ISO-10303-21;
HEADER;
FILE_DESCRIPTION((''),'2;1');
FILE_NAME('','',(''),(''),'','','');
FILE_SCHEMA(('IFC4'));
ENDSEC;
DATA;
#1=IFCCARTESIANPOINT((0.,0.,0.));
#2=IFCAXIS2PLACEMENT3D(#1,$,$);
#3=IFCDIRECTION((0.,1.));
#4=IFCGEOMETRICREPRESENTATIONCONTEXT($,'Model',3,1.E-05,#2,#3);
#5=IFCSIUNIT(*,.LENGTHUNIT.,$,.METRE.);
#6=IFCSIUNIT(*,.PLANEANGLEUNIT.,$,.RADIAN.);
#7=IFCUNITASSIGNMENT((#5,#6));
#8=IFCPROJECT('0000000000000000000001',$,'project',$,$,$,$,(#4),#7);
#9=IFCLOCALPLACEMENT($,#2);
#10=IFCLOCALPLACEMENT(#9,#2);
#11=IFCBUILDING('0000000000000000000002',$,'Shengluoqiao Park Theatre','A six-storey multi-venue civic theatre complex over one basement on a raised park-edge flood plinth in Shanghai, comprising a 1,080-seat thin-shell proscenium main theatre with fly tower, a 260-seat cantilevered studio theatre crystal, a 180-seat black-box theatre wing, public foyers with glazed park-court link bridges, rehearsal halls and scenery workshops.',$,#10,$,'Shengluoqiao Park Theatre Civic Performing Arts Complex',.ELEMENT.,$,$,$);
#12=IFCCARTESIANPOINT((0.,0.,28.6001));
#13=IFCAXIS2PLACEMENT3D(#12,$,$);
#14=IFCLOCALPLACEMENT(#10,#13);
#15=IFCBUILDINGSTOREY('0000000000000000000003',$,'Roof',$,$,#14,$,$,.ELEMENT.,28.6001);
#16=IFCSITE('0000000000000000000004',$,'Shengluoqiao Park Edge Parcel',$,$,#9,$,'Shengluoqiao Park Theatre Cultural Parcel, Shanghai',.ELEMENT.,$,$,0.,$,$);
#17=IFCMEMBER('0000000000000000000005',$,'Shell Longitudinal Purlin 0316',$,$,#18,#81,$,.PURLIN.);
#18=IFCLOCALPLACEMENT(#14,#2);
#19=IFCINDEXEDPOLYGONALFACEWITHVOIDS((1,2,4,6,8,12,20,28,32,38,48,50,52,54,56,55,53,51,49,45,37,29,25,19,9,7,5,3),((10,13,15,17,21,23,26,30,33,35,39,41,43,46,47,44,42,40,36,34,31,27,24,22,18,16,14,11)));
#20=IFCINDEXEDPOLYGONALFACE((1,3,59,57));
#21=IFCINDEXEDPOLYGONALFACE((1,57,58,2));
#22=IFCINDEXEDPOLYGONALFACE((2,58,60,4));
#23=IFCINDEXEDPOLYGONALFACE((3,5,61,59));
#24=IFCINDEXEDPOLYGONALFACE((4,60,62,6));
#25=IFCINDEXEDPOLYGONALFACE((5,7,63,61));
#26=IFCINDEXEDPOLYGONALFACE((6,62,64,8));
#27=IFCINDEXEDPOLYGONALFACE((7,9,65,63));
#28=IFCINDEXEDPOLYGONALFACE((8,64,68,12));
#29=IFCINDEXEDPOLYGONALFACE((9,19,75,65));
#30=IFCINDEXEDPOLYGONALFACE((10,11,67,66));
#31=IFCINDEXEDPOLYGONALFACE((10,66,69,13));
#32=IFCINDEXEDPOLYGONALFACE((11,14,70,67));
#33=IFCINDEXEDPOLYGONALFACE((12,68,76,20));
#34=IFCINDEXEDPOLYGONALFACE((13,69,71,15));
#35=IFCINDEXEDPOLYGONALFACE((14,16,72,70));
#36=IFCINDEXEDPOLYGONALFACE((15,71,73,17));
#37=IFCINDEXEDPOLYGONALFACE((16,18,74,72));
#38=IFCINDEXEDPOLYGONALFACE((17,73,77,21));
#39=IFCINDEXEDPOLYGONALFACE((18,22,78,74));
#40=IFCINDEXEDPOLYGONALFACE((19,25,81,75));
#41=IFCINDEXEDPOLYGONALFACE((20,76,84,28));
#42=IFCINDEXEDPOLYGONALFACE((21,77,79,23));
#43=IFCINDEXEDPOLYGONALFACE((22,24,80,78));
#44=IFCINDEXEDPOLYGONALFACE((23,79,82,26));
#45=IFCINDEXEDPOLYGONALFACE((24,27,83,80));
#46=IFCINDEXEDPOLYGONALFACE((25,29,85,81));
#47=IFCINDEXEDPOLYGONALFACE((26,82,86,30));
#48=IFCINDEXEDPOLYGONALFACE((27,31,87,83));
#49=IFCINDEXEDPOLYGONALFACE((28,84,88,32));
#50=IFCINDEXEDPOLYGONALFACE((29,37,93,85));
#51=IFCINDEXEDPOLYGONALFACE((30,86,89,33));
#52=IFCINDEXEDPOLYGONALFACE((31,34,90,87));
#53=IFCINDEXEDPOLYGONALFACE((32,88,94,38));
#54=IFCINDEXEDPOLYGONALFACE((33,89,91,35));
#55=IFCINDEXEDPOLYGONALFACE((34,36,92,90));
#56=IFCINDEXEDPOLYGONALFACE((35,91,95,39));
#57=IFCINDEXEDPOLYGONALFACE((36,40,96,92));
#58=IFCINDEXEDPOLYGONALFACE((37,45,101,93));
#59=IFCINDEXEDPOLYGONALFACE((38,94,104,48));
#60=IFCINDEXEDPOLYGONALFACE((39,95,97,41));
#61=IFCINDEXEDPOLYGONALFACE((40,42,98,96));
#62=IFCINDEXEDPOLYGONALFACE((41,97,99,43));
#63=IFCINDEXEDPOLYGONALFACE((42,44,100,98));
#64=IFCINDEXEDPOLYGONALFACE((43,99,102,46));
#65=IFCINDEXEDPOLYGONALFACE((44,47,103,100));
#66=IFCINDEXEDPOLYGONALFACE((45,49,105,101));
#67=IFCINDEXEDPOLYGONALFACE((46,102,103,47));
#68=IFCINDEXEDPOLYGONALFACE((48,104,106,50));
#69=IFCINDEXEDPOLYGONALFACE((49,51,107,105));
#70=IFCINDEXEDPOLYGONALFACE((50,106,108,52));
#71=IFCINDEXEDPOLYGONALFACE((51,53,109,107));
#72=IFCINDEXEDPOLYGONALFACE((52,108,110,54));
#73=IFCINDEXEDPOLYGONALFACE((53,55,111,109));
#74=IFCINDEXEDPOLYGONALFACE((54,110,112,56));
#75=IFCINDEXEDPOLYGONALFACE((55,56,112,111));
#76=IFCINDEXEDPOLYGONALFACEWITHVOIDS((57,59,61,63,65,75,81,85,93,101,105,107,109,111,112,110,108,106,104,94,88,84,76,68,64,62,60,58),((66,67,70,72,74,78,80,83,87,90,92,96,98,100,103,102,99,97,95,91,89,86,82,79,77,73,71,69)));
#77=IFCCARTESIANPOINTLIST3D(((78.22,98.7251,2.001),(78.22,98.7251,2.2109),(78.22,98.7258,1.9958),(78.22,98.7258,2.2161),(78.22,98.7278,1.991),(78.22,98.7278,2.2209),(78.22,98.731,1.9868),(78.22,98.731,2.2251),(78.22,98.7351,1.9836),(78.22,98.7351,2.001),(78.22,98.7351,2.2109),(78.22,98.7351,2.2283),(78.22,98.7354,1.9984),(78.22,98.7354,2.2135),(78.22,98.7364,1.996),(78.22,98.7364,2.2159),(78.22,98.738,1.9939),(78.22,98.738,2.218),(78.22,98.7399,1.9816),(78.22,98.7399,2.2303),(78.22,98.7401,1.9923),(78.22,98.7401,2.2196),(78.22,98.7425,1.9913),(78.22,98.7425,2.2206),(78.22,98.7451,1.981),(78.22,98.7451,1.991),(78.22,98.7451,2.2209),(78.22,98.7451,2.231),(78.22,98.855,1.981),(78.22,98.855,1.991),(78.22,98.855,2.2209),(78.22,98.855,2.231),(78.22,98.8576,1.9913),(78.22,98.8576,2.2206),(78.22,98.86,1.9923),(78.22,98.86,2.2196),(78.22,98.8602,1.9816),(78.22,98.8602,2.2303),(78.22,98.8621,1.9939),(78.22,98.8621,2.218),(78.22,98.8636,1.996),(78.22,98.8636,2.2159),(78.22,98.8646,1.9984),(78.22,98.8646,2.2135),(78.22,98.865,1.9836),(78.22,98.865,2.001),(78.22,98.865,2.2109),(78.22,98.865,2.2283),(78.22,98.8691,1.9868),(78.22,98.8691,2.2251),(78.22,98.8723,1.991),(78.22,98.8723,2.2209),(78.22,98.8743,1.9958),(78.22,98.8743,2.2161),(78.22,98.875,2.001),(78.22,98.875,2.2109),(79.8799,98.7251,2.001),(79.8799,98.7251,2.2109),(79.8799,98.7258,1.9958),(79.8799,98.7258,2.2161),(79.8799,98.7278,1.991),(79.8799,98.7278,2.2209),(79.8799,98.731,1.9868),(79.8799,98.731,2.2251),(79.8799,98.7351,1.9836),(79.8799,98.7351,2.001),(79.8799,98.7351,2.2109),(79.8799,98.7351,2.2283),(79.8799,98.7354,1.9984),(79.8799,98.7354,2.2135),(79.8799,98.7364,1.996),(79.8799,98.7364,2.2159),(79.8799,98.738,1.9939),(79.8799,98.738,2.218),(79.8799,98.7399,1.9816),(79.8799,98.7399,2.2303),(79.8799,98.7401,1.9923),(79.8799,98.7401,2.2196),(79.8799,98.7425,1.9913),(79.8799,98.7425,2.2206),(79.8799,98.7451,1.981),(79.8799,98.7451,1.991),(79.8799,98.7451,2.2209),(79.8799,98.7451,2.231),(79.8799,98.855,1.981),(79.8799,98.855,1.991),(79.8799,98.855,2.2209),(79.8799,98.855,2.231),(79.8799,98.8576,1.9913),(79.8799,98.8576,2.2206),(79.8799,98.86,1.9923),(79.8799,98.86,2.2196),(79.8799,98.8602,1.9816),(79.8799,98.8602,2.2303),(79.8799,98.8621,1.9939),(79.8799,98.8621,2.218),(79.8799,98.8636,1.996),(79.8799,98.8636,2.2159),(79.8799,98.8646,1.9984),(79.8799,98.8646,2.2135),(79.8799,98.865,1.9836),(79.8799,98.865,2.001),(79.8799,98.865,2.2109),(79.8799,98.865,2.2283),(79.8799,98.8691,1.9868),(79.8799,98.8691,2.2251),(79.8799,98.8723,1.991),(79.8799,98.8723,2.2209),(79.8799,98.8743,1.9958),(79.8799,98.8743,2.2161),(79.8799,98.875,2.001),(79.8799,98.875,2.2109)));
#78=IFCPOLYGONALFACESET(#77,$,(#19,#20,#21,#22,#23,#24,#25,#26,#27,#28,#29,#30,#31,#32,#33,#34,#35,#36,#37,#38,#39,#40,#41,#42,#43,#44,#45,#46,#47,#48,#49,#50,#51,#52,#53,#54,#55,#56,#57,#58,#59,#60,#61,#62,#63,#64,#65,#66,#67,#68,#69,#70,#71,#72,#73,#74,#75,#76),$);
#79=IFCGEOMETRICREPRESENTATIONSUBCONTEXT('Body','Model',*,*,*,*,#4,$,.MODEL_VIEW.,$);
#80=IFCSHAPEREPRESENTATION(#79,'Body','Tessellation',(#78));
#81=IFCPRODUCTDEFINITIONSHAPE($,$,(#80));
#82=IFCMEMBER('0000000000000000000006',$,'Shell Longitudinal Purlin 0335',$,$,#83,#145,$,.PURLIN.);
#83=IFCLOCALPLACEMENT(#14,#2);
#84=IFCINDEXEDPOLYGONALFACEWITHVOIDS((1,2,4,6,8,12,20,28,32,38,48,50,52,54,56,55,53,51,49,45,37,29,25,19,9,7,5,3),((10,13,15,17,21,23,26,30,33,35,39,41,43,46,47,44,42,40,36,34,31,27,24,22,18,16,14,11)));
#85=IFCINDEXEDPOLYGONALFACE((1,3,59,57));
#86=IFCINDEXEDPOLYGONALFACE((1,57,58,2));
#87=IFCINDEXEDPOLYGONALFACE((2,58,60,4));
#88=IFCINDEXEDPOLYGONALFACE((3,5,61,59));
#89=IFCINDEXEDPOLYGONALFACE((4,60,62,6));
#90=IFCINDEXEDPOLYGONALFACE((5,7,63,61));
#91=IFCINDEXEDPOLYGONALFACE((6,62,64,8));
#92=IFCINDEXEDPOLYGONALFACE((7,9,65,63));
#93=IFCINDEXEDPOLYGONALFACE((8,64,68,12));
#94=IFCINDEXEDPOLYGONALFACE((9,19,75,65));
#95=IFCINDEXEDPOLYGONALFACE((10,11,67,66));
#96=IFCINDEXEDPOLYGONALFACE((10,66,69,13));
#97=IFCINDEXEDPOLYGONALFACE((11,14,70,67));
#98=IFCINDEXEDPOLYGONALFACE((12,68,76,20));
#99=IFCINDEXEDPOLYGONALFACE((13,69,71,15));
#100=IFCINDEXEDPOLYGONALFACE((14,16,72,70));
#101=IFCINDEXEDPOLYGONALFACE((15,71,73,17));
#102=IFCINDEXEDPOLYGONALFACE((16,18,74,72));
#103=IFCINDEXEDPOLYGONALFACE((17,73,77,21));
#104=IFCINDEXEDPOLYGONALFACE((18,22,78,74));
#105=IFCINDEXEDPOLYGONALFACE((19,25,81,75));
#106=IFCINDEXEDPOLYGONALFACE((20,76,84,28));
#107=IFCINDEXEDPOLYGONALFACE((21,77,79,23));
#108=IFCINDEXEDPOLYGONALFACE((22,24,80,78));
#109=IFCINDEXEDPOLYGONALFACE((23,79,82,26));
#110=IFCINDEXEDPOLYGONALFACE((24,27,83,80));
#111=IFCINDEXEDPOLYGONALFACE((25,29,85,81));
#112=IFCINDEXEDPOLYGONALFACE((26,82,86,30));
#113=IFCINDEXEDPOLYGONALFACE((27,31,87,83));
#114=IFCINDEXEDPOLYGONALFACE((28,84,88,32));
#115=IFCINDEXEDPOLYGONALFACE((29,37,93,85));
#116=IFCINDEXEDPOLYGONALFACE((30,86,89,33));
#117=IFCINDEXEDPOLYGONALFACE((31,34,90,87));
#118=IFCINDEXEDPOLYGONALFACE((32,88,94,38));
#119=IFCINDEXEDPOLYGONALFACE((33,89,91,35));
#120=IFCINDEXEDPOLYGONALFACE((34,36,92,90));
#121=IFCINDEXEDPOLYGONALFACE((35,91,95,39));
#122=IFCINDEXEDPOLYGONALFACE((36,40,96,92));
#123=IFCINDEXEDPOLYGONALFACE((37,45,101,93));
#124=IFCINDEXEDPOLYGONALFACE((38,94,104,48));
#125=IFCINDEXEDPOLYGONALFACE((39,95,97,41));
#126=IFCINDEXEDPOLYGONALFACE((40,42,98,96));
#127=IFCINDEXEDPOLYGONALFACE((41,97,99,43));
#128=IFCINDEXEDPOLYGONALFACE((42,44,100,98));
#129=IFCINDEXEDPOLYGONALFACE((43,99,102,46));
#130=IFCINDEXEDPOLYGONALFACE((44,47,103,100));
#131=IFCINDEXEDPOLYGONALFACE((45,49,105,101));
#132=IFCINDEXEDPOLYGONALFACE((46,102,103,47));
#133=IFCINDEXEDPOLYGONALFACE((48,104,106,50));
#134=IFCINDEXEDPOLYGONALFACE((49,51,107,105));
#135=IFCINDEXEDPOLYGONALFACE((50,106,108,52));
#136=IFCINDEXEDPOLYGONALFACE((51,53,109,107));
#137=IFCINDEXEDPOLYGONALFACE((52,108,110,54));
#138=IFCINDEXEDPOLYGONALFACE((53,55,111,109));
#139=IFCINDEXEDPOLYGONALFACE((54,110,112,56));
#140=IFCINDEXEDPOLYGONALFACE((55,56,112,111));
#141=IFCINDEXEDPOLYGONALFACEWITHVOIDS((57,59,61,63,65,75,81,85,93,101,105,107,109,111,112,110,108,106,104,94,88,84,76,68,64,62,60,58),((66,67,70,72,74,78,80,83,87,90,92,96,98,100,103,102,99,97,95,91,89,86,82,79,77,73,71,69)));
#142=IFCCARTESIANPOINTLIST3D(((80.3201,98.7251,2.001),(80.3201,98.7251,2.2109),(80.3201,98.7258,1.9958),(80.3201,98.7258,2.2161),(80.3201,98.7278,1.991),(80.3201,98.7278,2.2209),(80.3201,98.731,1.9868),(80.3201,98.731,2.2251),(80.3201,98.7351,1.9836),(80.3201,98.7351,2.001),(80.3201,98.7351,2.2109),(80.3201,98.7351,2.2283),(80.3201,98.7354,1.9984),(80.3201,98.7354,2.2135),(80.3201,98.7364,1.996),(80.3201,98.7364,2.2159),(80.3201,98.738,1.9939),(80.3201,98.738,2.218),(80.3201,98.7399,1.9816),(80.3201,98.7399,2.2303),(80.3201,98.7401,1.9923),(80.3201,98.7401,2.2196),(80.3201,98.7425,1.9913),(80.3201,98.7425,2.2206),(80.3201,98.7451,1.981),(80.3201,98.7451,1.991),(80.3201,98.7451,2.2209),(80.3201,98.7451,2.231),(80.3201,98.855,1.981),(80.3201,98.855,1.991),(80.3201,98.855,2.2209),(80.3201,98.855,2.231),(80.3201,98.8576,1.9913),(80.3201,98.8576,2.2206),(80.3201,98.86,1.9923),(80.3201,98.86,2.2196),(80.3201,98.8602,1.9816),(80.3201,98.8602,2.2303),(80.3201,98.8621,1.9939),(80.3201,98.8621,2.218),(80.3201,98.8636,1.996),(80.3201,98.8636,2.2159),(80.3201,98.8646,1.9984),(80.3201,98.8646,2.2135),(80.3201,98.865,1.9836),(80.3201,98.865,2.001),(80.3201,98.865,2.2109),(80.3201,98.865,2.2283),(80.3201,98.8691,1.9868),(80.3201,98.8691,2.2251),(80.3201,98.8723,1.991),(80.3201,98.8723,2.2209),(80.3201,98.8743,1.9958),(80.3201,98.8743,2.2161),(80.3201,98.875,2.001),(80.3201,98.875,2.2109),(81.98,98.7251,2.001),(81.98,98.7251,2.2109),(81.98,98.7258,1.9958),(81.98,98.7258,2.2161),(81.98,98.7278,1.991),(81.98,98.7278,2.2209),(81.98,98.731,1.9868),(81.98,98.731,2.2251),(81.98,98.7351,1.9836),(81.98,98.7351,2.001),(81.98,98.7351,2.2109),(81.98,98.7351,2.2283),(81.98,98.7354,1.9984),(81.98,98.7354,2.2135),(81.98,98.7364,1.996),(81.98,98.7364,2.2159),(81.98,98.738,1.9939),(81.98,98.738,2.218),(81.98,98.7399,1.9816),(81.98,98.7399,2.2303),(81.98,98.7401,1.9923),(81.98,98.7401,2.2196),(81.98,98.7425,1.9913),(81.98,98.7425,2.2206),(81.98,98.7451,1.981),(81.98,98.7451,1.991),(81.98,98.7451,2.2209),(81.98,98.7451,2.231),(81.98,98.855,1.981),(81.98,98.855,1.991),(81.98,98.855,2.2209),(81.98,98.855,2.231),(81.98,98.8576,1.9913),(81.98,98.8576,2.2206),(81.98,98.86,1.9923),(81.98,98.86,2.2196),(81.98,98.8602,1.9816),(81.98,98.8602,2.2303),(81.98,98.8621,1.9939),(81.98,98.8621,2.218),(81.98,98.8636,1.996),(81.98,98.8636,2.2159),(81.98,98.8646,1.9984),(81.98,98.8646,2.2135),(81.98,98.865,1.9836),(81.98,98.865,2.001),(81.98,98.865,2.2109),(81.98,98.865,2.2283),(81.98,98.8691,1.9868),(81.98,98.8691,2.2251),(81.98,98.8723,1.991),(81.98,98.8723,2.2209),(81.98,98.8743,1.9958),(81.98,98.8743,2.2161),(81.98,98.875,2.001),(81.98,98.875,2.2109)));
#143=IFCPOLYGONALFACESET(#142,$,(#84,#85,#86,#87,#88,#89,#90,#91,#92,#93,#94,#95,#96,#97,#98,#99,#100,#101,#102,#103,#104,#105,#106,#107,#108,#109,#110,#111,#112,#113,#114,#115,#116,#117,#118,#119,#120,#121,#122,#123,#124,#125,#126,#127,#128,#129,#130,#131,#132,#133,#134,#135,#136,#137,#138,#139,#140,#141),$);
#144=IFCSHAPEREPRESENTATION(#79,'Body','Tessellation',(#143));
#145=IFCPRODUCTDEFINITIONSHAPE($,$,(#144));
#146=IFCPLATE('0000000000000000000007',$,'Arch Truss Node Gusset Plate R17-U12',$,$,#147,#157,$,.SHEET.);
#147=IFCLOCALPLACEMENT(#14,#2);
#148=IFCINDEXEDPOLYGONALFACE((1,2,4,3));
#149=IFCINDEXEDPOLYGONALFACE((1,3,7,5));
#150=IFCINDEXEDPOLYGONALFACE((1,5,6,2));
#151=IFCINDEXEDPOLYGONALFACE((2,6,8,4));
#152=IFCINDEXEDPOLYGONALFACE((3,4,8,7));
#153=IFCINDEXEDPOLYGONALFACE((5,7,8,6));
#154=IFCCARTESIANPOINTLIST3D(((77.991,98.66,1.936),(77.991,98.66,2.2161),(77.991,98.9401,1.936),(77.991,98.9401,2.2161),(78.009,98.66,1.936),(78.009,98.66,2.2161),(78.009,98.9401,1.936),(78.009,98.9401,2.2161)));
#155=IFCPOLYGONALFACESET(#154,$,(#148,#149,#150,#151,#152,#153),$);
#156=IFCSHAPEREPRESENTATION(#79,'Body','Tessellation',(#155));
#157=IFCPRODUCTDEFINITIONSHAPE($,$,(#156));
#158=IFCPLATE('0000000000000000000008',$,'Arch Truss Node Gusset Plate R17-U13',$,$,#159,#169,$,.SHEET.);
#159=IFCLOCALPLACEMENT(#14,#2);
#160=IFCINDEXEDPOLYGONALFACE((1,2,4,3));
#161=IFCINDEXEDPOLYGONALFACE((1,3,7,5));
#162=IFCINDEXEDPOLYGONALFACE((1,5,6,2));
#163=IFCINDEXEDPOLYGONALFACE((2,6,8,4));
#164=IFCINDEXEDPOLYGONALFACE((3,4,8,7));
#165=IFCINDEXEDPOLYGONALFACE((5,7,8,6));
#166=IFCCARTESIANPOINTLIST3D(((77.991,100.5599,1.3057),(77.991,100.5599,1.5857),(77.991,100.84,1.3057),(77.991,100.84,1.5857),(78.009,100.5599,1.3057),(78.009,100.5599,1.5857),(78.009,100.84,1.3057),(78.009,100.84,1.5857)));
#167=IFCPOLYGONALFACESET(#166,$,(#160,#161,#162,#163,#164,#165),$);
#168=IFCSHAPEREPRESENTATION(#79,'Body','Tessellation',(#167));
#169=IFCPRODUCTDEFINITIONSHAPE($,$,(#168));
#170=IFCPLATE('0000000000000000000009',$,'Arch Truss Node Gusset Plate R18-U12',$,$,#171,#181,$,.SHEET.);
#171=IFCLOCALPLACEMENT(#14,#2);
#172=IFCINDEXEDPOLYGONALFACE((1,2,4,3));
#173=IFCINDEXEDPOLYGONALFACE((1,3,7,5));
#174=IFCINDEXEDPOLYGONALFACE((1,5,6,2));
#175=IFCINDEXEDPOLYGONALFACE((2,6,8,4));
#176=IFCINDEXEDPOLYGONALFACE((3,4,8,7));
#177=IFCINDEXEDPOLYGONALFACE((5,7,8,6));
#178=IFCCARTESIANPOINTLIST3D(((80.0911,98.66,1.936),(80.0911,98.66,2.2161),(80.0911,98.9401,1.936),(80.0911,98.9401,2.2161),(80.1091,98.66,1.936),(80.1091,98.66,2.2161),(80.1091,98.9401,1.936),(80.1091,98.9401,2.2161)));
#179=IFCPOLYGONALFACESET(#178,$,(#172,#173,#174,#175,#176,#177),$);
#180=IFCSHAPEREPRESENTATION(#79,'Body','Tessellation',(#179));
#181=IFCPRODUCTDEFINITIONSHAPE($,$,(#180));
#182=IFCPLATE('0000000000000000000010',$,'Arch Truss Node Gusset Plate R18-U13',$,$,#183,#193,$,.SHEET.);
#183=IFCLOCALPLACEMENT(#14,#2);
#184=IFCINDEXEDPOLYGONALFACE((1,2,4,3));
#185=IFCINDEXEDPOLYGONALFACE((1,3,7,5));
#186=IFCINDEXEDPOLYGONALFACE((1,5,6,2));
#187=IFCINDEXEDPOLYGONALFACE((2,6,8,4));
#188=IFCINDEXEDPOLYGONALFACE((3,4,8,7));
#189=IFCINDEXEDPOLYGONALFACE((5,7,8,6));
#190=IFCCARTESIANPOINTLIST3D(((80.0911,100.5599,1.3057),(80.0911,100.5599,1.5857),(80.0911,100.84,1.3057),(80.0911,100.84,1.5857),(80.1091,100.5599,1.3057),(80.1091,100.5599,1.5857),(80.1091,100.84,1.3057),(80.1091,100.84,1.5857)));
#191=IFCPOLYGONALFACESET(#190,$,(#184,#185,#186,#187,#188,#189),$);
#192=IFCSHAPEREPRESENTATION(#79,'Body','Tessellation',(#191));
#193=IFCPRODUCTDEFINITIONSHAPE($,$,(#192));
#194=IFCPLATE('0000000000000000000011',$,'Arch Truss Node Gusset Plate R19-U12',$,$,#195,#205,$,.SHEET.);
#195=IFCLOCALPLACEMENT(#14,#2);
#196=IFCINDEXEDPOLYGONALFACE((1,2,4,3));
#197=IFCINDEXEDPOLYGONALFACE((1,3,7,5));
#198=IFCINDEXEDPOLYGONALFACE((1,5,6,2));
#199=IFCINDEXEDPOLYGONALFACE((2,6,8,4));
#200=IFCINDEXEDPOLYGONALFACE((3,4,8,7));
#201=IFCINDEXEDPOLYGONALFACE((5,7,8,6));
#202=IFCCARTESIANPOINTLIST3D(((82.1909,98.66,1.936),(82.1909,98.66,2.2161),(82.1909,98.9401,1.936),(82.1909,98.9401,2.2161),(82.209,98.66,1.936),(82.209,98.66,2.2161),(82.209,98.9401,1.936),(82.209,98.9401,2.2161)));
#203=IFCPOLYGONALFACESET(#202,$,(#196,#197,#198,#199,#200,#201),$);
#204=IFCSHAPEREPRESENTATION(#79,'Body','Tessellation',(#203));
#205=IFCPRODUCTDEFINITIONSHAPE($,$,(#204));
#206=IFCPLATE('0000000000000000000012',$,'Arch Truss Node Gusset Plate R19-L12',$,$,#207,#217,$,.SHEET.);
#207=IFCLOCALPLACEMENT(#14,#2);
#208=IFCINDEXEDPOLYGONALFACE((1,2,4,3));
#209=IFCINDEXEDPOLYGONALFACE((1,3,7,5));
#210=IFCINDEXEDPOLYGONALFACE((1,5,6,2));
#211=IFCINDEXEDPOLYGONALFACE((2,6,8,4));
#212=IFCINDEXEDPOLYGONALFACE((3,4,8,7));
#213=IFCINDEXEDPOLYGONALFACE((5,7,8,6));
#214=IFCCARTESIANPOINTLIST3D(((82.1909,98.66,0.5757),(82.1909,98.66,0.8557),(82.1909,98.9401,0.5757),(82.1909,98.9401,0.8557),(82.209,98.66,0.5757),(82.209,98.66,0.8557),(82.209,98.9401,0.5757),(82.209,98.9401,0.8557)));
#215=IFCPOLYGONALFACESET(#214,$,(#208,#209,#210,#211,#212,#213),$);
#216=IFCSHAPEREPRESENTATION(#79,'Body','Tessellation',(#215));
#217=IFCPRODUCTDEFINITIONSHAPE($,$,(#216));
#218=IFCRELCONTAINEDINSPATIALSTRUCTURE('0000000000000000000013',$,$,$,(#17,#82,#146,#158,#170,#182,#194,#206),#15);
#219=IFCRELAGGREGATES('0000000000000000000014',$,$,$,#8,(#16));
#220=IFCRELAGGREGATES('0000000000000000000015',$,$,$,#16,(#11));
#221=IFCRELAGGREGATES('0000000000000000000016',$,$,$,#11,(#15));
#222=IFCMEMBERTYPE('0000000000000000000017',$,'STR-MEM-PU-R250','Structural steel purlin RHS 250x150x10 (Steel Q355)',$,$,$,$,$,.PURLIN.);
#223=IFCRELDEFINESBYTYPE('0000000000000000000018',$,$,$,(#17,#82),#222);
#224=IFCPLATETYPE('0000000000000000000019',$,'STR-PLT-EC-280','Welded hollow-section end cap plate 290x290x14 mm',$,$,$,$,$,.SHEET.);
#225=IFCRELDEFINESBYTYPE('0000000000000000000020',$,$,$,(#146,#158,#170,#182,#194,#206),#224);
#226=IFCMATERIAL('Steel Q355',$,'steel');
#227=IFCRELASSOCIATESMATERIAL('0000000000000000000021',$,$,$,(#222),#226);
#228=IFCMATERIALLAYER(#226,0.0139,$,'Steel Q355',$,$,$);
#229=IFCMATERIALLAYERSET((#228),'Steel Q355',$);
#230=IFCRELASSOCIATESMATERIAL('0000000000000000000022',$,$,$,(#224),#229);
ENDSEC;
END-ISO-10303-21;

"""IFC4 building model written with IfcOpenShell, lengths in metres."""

from ifc_helpers import new_model, si_unit, direction, frame, origin, origin_2d, place, context, subcontext, project, spatial, rectangle, hollow_rectangle, extrude, material, layer, layer_set, material_profile, profile_set, type_object, element, save


model = new_model("IFC4")

# Units and contexts
model_context = context("Model", 3, precision=1e-05, world=origin(), true_north=direction((0.0, 1.0)))
body_context = subcontext(model_context, "Body", "Model", "MODEL_VIEW")
ifc_project = project(units=[si_unit("LENGTHUNIT", "METRE"), si_unit("PLANEANGLEUNIT", "RADIAN")], contexts=[model_context])

# Site, building, storey
site_placement = place(None, origin())
site = spatial("IfcSite", under=ifc_project, at=site_placement, Name="Shengluoqiao Park Edge Parcel", LongName="Shengluoqiao Park Theatre Cultural Parcel, Shanghai", CompositionType="ELEMENT", RefElevation=0.0)
building_placement = place(site_placement, origin())
building = spatial("IfcBuilding", under=site, at=building_placement, Name="Shengluoqiao Park Theatre", Description="A six-storey multi-venue civic theatre complex over one basement on a raised park-edge flood plinth in Shanghai, comprising a 1,080-seat thin-shell proscenium main theatre with fly tower, a 260-seat cantilevered studio theatre crystal, a 180-seat black-box theatre wing, public foyers with glazed park-court link bridges, rehearsal halls and scenery workshops.", LongName="Shengluoqiao Park Theatre Civic Performing Arts Complex", CompositionType="ELEMENT")
storey_placement = place(building_placement, frame((0.0, 0.0, 28.6001)))
storey = spatial("IfcBuildingStorey", under=building, at=storey_placement, Name="Roof", CompositionType="ELEMENT", Elevation=28.6001)

# Shared definitions
ifc_material_1 = material(Name="Steel Q355", Category="steel")

# Members
ifc_material_profile_1 = material_profile(ifc_material_1, hollow_rectangle(XDim=0.1499, YDim=0.25, WallThickness=0.01, InnerFilletRadius=0.01, OuterFilletRadius=0.02, at=origin_2d()), Name="RHS 250x150x10")
ifc_profile_set_1 = profile_set([ifc_material_profile_1], Name="Steel Q355")
member_type_1 = type_object("IfcMemberType", Name="STR-MEM-PU-R250", Description="Structural steel purlin RHS 250x150x10 (Steel Q355)", PredefinedType="PURLIN", material=ifc_profile_set_1)
for number, where, z_axis, x_axis, name in (
    (1, (78.22, 98.8, 2.106), (1.0, 0.0, 0.0), (0.0, 1.0, 0.0), "Shell Longitudinal Purlin 0316"),
    (2, (80.3201, 98.8, 2.106), (1.0, 0.0, 0.0), (0.0, 1.0, 0.0), "Shell Longitudinal Purlin 0335"),
):
    element("IfcMember", number, at=place(storey_placement, frame(where, z_axis=z_axis, x_axis=x_axis)), inside=storey, type_object=member_type_1, Name=name, PredefinedType="PURLIN", context=body_context, shape_type="SweptSolid", body=[
        extrude(hollow_rectangle(XDim=0.1499, YDim=0.25, WallThickness=0.01, InnerFilletRadius=0.01, OuterFilletRadius=0.02, at=origin_2d()), origin(), (0.0, 0.0, 1.0), 1.6599),
    ])

# Plates
ifc_layer_1 = layer(ifc_material_1, 0.0139, Name="Steel Q355")
ifc_layer_set_1 = layer_set([ifc_layer_1], Name="Steel Q355")
plate_type_1 = type_object("IfcPlateType", Name="STR-PLT-EC-280", Description="Welded hollow-section end cap plate 290x290x14 mm", PredefinedType="SHEET", material=ifc_layer_set_1)
for number, where, z_axis, x_axis, name in (
    (3, (78.0, 98.8, 1.936), (0.0, 0.0, 1.0), (1.0, 0.0, 0.0), "Arch Truss Node Gusset Plate R17-U12"),
    (4, (78.0, 100.7, 1.3057), (0.0, 0.0, 1.0), (1.0, 0.0, 0.0), "Arch Truss Node Gusset Plate R17-U13"),
    (5, (80.1001, 98.8, 1.936), (0.0, 0.0, 1.0), (1.0, 0.0, 0.0), "Arch Truss Node Gusset Plate R18-U12"),
    (6, (80.1001, 100.7, 1.3057), (0.0, 0.0, 1.0), (1.0, 0.0, 0.0), "Arch Truss Node Gusset Plate R18-U13"),
    (7, (82.2, 98.8, 1.936), (0.0, 0.0, 1.0), (1.0, 0.0, 0.0), "Arch Truss Node Gusset Plate R19-U12"),
    (8, (82.2, 98.8, 0.5757), (0.0, 0.0, 1.0), (1.0, 0.0, 0.0), "Arch Truss Node Gusset Plate R19-L12"),
):
    element("IfcPlate", number, at=place(storey_placement, frame(where, z_axis=z_axis, x_axis=x_axis)), inside=storey, type_object=plate_type_1, Name=name, PredefinedType="SHEET", context=body_context, shape_type="SweptSolid", body=[
        extrude(rectangle(XDim=0.0181, YDim=0.28, at=origin_2d()), origin(), (0.0, 0.0, 1.0), 0.28),
    ])

save(model, "model.ifc")
